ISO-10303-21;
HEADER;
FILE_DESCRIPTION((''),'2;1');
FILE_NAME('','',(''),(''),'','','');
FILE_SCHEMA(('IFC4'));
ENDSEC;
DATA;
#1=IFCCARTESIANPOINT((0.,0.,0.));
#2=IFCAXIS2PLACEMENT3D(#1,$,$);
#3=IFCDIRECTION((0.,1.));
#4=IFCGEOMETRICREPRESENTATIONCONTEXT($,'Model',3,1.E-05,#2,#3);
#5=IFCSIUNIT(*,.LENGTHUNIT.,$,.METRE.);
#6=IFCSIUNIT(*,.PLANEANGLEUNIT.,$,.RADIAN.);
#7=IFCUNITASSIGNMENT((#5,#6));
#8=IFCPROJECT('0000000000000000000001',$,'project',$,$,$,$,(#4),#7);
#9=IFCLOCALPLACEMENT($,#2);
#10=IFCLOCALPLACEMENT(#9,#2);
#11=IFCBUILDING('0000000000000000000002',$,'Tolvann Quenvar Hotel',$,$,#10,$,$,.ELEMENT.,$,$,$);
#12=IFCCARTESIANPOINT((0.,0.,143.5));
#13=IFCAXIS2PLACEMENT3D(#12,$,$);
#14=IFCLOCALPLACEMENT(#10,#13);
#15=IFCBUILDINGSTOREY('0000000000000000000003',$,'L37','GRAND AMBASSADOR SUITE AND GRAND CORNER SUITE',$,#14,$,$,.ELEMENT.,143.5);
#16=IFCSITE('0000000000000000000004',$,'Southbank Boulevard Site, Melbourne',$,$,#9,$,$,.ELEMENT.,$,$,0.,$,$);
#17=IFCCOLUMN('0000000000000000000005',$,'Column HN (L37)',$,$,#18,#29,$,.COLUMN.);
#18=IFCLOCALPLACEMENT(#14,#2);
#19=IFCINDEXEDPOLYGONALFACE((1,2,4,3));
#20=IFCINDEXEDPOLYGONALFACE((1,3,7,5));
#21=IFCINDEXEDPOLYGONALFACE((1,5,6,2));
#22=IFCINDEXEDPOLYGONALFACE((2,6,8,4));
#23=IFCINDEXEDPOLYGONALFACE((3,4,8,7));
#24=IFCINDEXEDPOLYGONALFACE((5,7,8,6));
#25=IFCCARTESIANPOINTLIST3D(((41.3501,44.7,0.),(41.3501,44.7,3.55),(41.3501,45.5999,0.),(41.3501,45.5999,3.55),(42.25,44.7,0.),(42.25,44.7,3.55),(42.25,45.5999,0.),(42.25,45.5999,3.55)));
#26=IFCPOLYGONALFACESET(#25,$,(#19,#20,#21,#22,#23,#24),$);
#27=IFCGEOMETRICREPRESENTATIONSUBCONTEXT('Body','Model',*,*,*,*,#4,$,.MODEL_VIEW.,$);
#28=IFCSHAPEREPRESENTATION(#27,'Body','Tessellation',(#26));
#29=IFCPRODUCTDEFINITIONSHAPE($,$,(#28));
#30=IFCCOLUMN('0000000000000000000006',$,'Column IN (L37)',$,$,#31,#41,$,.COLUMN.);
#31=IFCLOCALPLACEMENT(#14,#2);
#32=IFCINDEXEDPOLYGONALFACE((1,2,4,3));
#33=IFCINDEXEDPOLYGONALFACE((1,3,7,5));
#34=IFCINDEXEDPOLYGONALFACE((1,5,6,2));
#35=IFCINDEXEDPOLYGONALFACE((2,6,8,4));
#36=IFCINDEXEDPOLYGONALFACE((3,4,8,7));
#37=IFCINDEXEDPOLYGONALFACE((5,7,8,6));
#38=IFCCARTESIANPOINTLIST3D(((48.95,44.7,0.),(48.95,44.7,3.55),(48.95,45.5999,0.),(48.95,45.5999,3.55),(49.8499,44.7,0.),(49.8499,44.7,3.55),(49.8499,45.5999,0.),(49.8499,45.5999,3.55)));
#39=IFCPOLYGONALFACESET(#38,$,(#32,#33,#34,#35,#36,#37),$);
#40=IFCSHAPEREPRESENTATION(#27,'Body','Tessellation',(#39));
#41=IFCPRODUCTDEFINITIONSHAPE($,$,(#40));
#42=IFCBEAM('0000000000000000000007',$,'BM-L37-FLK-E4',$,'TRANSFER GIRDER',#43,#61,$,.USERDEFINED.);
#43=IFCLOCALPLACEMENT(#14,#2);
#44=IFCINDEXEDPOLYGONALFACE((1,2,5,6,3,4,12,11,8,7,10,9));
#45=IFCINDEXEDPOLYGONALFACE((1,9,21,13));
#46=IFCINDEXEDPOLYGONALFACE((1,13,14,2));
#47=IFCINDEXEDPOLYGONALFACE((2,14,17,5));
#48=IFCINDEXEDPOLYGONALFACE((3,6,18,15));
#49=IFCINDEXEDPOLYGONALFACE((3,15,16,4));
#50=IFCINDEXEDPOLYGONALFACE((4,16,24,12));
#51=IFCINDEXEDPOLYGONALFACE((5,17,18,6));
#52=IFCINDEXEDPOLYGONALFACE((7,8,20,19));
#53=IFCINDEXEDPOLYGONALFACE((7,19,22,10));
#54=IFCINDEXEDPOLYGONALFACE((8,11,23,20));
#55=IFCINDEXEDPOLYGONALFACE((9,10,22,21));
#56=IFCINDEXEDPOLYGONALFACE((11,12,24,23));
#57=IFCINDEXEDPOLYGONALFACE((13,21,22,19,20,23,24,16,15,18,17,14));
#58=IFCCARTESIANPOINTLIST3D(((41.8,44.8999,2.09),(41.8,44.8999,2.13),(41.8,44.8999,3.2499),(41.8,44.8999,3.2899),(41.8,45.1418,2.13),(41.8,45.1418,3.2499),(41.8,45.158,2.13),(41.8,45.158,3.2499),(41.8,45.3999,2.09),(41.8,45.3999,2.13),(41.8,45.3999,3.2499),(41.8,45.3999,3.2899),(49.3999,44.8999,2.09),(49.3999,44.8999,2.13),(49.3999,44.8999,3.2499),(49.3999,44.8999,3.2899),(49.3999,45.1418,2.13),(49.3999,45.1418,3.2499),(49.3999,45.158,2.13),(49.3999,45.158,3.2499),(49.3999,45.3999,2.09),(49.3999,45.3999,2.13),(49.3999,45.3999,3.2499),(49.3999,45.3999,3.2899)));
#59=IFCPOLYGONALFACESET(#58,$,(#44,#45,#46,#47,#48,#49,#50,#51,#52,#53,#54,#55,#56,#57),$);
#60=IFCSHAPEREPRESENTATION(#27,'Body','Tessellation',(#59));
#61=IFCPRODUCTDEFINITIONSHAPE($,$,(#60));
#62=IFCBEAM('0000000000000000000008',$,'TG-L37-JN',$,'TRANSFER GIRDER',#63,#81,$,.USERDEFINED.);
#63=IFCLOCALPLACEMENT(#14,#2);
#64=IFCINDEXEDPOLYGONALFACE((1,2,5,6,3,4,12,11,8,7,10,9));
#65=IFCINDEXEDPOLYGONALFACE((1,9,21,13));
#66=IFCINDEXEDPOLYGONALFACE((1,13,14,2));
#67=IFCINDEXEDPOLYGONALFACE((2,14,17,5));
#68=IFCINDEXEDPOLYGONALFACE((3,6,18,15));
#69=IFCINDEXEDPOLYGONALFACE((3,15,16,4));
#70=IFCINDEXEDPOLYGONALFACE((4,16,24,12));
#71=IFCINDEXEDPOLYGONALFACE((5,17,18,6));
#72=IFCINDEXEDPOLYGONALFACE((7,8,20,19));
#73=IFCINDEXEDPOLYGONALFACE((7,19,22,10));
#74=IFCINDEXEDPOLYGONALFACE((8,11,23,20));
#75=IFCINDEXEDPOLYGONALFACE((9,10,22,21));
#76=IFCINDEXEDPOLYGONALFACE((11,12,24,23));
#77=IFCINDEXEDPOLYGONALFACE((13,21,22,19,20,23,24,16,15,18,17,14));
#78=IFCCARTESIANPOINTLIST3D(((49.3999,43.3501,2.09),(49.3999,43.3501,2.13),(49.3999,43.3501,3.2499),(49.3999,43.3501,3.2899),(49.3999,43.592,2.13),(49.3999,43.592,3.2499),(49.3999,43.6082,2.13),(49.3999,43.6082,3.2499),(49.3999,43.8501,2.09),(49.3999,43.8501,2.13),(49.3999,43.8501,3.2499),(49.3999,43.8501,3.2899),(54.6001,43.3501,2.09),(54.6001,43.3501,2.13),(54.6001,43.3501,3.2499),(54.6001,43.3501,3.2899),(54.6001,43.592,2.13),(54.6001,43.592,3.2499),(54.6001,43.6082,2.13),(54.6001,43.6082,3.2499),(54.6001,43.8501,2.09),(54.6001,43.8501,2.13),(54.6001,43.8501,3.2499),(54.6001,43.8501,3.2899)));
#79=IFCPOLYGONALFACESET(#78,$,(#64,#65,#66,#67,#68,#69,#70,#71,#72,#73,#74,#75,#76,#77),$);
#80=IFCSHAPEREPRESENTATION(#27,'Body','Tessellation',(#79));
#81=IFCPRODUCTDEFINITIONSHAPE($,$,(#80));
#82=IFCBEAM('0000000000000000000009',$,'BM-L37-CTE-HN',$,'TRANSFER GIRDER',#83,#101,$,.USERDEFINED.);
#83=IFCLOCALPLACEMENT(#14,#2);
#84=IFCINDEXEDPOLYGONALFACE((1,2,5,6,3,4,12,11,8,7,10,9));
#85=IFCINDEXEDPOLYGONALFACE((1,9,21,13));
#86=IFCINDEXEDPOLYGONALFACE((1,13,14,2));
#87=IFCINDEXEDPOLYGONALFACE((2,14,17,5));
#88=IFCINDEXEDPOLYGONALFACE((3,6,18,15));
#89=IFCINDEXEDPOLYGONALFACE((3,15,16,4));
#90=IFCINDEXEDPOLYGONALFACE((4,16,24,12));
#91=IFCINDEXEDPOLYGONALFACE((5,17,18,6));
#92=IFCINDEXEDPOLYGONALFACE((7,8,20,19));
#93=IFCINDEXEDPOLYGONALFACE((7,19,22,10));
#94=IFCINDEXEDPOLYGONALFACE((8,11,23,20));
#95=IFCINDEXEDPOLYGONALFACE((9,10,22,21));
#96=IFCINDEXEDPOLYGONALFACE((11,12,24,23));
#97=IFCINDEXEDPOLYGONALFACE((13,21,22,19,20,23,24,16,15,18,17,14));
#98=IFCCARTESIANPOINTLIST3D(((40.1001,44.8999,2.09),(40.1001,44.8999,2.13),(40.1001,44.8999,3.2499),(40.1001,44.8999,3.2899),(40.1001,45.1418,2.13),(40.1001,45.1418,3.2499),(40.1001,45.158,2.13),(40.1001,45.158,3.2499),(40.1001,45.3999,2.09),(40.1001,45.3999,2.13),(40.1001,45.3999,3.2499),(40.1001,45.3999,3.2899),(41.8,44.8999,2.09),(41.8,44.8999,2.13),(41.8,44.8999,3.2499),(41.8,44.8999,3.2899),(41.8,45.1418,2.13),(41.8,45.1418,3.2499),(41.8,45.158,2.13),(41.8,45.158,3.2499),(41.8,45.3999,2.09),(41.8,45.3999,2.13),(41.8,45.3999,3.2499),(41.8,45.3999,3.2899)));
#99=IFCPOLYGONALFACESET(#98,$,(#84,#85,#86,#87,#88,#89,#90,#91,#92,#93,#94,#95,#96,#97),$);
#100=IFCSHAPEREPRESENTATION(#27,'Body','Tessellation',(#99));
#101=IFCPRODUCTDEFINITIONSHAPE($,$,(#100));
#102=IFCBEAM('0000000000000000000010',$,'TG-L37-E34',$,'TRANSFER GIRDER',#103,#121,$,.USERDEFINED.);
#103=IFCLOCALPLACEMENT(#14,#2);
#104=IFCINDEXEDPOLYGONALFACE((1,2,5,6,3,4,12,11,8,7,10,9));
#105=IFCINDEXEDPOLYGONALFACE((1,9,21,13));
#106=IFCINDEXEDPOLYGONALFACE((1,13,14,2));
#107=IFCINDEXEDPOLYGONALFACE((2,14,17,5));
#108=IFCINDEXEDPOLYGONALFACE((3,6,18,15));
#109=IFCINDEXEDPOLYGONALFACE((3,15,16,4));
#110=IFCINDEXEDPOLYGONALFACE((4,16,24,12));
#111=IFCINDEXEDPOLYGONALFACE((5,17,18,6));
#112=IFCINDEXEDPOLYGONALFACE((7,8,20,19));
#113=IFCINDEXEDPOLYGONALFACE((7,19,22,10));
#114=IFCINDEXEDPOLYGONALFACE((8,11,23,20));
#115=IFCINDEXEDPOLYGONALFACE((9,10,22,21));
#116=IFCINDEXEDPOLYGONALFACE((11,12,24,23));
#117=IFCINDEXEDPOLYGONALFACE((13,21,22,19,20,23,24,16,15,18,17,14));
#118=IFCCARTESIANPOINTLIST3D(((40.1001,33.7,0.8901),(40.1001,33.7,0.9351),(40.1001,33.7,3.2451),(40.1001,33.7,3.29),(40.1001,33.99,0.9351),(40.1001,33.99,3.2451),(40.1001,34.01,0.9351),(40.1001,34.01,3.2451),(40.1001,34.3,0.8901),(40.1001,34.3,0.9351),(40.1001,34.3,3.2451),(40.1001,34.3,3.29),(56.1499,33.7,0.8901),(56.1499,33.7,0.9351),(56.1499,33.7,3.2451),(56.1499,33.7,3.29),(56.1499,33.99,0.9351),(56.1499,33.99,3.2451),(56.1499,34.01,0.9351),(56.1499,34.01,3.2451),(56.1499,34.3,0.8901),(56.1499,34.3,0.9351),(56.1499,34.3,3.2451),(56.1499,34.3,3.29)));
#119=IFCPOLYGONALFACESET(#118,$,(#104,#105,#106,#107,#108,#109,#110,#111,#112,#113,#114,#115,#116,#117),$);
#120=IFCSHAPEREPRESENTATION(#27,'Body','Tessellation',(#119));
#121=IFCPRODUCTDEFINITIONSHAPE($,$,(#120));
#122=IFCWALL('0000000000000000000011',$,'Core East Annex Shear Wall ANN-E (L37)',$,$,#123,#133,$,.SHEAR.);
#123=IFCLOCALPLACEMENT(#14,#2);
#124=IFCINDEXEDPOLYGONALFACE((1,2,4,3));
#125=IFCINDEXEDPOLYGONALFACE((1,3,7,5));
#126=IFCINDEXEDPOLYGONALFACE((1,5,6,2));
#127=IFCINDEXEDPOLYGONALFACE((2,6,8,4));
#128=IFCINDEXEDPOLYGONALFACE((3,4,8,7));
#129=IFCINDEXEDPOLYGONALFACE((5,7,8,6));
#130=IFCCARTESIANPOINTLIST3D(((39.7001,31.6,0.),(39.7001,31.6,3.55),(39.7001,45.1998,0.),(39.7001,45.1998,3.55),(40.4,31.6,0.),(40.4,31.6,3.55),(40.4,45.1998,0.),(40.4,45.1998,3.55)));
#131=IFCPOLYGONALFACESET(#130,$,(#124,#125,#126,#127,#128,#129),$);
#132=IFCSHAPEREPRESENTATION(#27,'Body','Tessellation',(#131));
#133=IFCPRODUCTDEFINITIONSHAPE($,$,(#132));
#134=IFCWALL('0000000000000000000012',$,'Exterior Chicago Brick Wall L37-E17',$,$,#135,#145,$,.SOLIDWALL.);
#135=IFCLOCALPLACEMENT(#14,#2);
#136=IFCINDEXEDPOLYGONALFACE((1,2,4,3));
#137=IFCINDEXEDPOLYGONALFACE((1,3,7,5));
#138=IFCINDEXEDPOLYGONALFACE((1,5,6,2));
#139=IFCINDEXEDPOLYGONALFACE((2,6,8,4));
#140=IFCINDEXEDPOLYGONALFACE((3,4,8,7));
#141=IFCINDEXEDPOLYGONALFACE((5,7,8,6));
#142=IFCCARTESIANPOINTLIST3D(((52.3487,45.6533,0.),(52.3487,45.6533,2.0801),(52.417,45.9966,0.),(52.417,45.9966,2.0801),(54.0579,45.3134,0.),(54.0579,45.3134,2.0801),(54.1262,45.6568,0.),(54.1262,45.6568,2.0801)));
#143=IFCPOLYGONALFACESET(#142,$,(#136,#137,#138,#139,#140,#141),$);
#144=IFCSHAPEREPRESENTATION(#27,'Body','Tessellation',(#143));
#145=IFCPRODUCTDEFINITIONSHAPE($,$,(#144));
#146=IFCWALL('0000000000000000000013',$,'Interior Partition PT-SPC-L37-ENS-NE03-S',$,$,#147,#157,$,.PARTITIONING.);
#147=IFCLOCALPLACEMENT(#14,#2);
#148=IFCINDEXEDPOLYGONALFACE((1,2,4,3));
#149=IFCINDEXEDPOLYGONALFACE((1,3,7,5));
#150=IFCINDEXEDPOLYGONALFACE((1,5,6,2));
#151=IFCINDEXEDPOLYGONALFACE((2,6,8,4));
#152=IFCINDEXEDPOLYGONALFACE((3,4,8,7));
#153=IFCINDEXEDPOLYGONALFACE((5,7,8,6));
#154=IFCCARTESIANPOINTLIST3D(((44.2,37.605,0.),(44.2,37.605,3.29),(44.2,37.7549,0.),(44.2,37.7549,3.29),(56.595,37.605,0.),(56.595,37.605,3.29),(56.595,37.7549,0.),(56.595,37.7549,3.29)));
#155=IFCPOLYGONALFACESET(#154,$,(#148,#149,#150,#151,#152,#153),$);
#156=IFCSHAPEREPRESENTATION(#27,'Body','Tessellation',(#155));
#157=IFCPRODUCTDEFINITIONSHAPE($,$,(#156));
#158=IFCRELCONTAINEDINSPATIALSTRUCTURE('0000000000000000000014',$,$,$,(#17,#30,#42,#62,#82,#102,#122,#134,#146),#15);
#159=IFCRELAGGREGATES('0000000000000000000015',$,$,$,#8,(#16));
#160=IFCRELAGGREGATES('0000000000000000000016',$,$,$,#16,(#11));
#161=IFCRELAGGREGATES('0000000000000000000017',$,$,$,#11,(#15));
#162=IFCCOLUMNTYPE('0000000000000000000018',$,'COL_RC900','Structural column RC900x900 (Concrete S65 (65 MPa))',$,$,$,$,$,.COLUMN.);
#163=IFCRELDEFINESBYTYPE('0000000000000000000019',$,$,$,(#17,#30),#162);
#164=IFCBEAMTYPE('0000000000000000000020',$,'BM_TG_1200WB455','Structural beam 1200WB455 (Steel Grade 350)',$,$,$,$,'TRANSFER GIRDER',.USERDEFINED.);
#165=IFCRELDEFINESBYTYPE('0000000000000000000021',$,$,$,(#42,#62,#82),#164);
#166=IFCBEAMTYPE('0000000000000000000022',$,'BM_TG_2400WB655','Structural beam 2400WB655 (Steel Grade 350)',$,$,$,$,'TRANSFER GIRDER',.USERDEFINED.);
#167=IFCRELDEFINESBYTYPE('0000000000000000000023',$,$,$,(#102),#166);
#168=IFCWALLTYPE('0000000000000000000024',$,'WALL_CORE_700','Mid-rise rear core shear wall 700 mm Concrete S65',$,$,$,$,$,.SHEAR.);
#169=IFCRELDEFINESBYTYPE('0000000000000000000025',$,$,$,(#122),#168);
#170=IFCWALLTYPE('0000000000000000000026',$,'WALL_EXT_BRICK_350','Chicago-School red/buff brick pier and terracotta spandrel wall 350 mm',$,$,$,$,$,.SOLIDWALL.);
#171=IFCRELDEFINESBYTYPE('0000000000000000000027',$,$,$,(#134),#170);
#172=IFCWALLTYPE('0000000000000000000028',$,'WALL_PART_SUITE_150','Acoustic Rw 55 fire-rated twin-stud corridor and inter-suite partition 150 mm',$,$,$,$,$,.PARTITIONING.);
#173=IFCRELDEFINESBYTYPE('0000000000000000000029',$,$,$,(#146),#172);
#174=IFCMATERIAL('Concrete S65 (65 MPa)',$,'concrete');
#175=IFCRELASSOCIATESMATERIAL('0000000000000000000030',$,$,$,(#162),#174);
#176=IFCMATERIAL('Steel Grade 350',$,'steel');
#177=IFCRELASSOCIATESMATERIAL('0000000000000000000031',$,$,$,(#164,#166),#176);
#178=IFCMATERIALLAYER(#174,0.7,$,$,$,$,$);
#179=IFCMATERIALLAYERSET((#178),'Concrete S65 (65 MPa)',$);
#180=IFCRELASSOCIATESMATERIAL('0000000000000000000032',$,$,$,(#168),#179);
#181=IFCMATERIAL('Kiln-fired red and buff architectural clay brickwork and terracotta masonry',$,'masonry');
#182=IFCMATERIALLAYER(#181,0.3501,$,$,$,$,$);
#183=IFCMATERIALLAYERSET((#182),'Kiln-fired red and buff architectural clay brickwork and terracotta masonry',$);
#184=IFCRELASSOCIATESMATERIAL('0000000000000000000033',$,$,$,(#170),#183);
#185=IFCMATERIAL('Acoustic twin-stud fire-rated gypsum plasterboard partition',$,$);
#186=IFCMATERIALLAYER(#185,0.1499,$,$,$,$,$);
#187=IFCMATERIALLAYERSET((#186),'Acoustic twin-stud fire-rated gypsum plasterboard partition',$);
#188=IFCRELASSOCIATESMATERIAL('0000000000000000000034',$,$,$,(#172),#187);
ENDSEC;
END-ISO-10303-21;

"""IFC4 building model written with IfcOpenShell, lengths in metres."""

from ifc_helpers import new_model, si_unit, direction, frame, frame_2d, origin, origin_2d, place, context, subcontext, project, spatial, rectangle, i_section, extrude, source, transform, mapped, material, layer, layer_set, material_profile, profile_set, type_object, type_shapes, element, save


model = new_model("IFC4")

# Units and contexts
model_context = context("Model", 3, precision=1e-05, world=origin(), true_north=direction((0.0, 1.0)))
body_context = subcontext(model_context, "Body", "Model", "MODEL_VIEW")
ifc_project = project(units=[si_unit("LENGTHUNIT", "METRE"), si_unit("PLANEANGLEUNIT", "RADIAN")], contexts=[model_context])

# Site, building, storey
site_placement = place(None, origin())
site = spatial("IfcSite", under=ifc_project, at=site_placement, Name="Southbank Boulevard Site, Melbourne", CompositionType="ELEMENT", RefElevation=0.0)
building_placement = place(site_placement, origin())
building = spatial("IfcBuilding", under=site, at=building_placement, Name="Tolvann Quenvar Hotel", CompositionType="ELEMENT")
storey_placement = place(building_placement, frame((0.0, 0.0, 143.5)))
storey = spatial("IfcBuildingStorey", under=building, at=storey_placement, Name="L37", Description="GRAND AMBASSADOR SUITE AND GRAND CORNER SUITE", CompositionType="ELEMENT", Elevation=143.5)

# Columns
ifc_material_1 = material(Name="Concrete S65 (65 MPa)", Category="concrete")
ifc_material_profile_1 = material_profile(ifc_material_1, rectangle(XDim=0.8999, YDim=0.8999, at=origin_2d()), Name="RC900x900")
ifc_profile_set_1 = profile_set([ifc_material_profile_1], Name="Concrete S65 (65 MPa)")
column_type = type_object("IfcColumnType", Name="COL_RC900", Description="Structural column RC900x900 (Concrete S65 (65 MPa))", PredefinedType="COLUMN", material=ifc_profile_set_1)
shared_shape_1 = source(origin(), body_context, "Body", "SweptSolid", [
    extrude(rectangle(XDim=0.8999, YDim=0.8999, at=origin_2d()), origin(), (0.0, 0.0, 1.0), 3.55),
])
type_shapes(column_type, [shared_shape_1])
for number, where, z_axis, x_axis, name in (
    (1, (41.8, 45.1499, 0.0), (0.0, 0.0, 1.0), (1.0, 0.0, 0.0), "Column HN (L37)"),
    (2, (49.3999, 45.1499, 0.0), (0.0, 0.0, 1.0), (1.0, 0.0, 0.0), "Column IN (L37)"),
):
    element("IfcColumn", number, at=place(storey_placement, frame(where, z_axis=z_axis, x_axis=x_axis)), inside=storey, type_object=column_type, Name=name, PredefinedType="COLUMN", context=body_context, shape_type="MappedRepresentation", body=[
        mapped(shared_shape_1, transform((0.0, 0.0, 0.0), x_axis=(1.0, 0.0, 0.0), y_axis=(0.0, 1.0, 0.0), z_axis=(0.0, 0.0, 1.0), scale=1.0)),
    ])

# Beams
ifc_material_2 = material(Name="Steel Grade 350", Category="steel")
ifc_material_profile_2 = material_profile(ifc_material_2, i_section(OverallWidth=0.5, OverallDepth=1.2, WebThickness=0.0161, FlangeThickness=0.04, at=origin_2d()), Name="1200WB455")
ifc_profile_set_2 = profile_set([ifc_material_profile_2], Name="Steel Grade 350")
beam_type_1 = type_object("IfcBeamType", Name="BM_TG_1200WB455", Description="Structural beam 1200WB455 (Steel Grade 350)", ElementType="TRANSFER GIRDER", PredefinedType="USERDEFINED", material=ifc_profile_set_2)
shared_shape_2 = source(origin(), body_context, "Body", "SweptSolid", [
    extrude(i_section(OverallWidth=0.5, OverallDepth=1.2, WebThickness=0.0161, FlangeThickness=0.04, at=origin_2d()), origin(), (0.0, 0.0, 1.0), 7.5999),
])
beam_1_placement = place(storey_placement, frame((49.3999, 45.1499, 2.6899), z_axis=(-1.0, 0.0, 0.0), x_axis=(0.0, -1.0, 0.0)))
element("IfcBeam", 3, at=beam_1_placement, inside=storey, type_object=beam_type_1, Name="BM-L37-FLK-E4", ObjectType="TRANSFER GIRDER", PredefinedType="USERDEFINED", context=body_context, shape_type="MappedRepresentation", body=[
    mapped(shared_shape_2, transform((0.0, 0.0, 0.0), x_axis=(1.0, 0.0, 0.0), y_axis=(0.0, 1.0, 0.0), z_axis=(0.0, 0.0, 1.0), scale=1.0)),
])
shared_shape_3 = source(origin(), body_context, "Body", "SweptSolid", [
    extrude(i_section(OverallWidth=0.5, OverallDepth=1.2, WebThickness=0.0161, FlangeThickness=0.04, at=origin_2d()), origin(), (0.0, 0.0, 1.0), 5.2002),
])
beam_2_placement = place(storey_placement, frame((49.3999, 43.6001, 2.6899), z_axis=(1.0, 0.0, 0.0), x_axis=(0.0, 1.0, 0.0)))
element("IfcBeam", 4, at=beam_2_placement, inside=storey, type_object=beam_type_1, Name="TG-L37-JN", ObjectType="TRANSFER GIRDER", PredefinedType="USERDEFINED", context=body_context, shape_type="MappedRepresentation", body=[
    mapped(shared_shape_3, transform((0.0, 0.0, 0.0), x_axis=(1.0, 0.0, 0.0), y_axis=(0.0, 1.0, 0.0), z_axis=(0.0, 0.0, 1.0), scale=1.0)),
])
shared_shape_4 = source(origin(), body_context, "Body", "SweptSolid", [
    extrude(i_section(OverallWidth=0.5, OverallDepth=1.2, WebThickness=0.0161, FlangeThickness=0.04, at=origin_2d()), origin(), (0.0, 0.0, 1.0), 1.7),
])
type_shapes(beam_type_1, [shared_shape_2, shared_shape_3, shared_shape_4])
beam_3_placement = place(storey_placement, frame((40.1001, 45.1499, 2.6899), z_axis=(1.0, 0.0, 0.0), x_axis=(0.0, 1.0, 0.0)))
element("IfcBeam", 5, at=beam_3_placement, inside=storey, type_object=beam_type_1, Name="BM-L37-CTE-HN", ObjectType="TRANSFER GIRDER", PredefinedType="USERDEFINED", context=body_context, shape_type="MappedRepresentation", body=[
    mapped(shared_shape_4, transform((0.0, 0.0, 0.0), x_axis=(1.0, 0.0, 0.0), y_axis=(0.0, 1.0, 0.0), z_axis=(0.0, 0.0, 1.0), scale=1.0)),
])
ifc_material_profile_3 = material_profile(ifc_material_2, i_section(OverallWidth=0.6001, OverallDepth=2.3999, WebThickness=0.02, FlangeThickness=0.0449, at=origin_2d()), Name="2400WB655")
ifc_profile_set_3 = profile_set([ifc_material_profile_3], Name="Steel Grade 350")
beam_type_2 = type_object("IfcBeamType", Name="BM_TG_2400WB655", Description="Structural beam 2400WB655 (Steel Grade 350)", ElementType="TRANSFER GIRDER", PredefinedType="USERDEFINED", material=ifc_profile_set_3)
shared_shape_5 = source(origin(), body_context, "Body", "SweptSolid", [
    extrude(i_section(OverallWidth=0.6001, OverallDepth=2.3999, WebThickness=0.02, FlangeThickness=0.0449, at=origin_2d()), origin(), (0.0, 0.0, 1.0), 16.0498),
])
type_shapes(beam_type_2, [shared_shape_5])
beam_4_placement = place(storey_placement, frame((40.1001, 34.0, 2.0901), z_axis=(1.0, 0.0, 0.0), x_axis=(0.0, 1.0, 0.0)))
element("IfcBeam", 6, at=beam_4_placement, inside=storey, type_object=beam_type_2, Name="TG-L37-E34", ObjectType="TRANSFER GIRDER", PredefinedType="USERDEFINED", context=body_context, shape_type="MappedRepresentation", body=[
    mapped(shared_shape_5, transform((0.0, 0.0, 0.0), x_axis=(1.0, 0.0, 0.0), y_axis=(0.0, 1.0, 0.0), z_axis=(0.0, 0.0, 1.0), scale=1.0)),
])

# Walls
ifc_layer_1 = layer(ifc_material_1, 0.7)
ifc_layer_set_1 = layer_set([ifc_layer_1], Name="Concrete S65 (65 MPa)")
wall_type_1 = type_object("IfcWallType", Name="WALL_CORE_700", Description="Mid-rise rear core shear wall 700 mm Concrete S65", PredefinedType="SHEAR", material=ifc_layer_set_1)
wall_1_placement = place(storey_placement, frame((40.05, 31.6001, 0.0), z_axis=(0.0, 0.0, 1.0), x_axis=(0.0, 1.0, 0.0)))
element("IfcWall", 7, at=wall_1_placement, inside=storey, type_object=wall_type_1, Name="Core East Annex Shear Wall ANN-E (L37)", PredefinedType="SHEAR", context=body_context, shape_type="SweptSolid", body=[
    extrude(rectangle(XDim=13.5999, YDim=0.7, at=frame_2d((6.7998, 0.0))), origin(), (0.0, 0.0, 1.0), 3.55),
])
ifc_material_3 = material(Name="Kiln-fired red and buff architectural clay brickwork and terracotta masonry", Category="masonry")
ifc_layer_2 = layer(ifc_material_3, 0.3501)
ifc_layer_set_2 = layer_set([ifc_layer_2], Name="Kiln-fired red and buff architectural clay brickwork and terracotta masonry")
wall_type_2 = type_object("IfcWallType", Name="WALL_EXT_BRICK_350", Description="Chicago-School red/buff brick pier and terracotta spandrel wall 350 mm", PredefinedType="SOLIDWALL", material=ifc_layer_set_2)
wall_2_placement = place(storey_placement, frame((54.092, 45.4851, 0.0), z_axis=(0.0, 0.0, 1.0), x_axis=(-0.980801, 0.195011, 0.0)))
element("IfcWall", 8, at=wall_2_placement, inside=storey, type_object=wall_type_2, Name="Exterior Chicago Brick Wall L37-E17", PredefinedType="SOLIDWALL", context=body_context, shape_type="SweptSolid", body=[
    extrude(rectangle(XDim=1.7427, YDim=0.3501, at=frame_2d((0.8713, 0.0))), origin(), (0.0, 0.0, 1.0), 2.0801),
])

# Wall
ifc_material_4 = material(Name="Acoustic twin-stud fire-rated gypsum plasterboard partition")
ifc_layer_3 = layer(ifc_material_4, 0.1499)
ifc_layer_set_3 = layer_set([ifc_layer_3], Name="Acoustic twin-stud fire-rated gypsum plasterboard partition")
wall_type_3 = type_object("IfcWallType", Name="WALL_PART_SUITE_150", Description="Acoustic Rw 55 fire-rated twin-stud corridor and inter-suite partition 150 mm", PredefinedType="PARTITIONING", material=ifc_layer_set_3)
wall_3_placement = place(storey_placement, frame((44.2, 37.6799, 0.0), z_axis=(0.0, 0.0, 1.0), x_axis=(1.0, 0.0, 0.0)))
element("IfcWall", 9, at=wall_3_placement, inside=storey, type_object=wall_type_3, Name="Interior Partition PT-SPC-L37-ENS-NE03-S", PredefinedType="PARTITIONING", context=body_context, shape_type="SweptSolid", body=[
    extrude(rectangle(XDim=12.395, YDim=0.1499, at=frame_2d((6.1975, 0.0))), origin(), (0.0, 0.0, 1.0), 3.29),
])

save(model, "model.ifc")
